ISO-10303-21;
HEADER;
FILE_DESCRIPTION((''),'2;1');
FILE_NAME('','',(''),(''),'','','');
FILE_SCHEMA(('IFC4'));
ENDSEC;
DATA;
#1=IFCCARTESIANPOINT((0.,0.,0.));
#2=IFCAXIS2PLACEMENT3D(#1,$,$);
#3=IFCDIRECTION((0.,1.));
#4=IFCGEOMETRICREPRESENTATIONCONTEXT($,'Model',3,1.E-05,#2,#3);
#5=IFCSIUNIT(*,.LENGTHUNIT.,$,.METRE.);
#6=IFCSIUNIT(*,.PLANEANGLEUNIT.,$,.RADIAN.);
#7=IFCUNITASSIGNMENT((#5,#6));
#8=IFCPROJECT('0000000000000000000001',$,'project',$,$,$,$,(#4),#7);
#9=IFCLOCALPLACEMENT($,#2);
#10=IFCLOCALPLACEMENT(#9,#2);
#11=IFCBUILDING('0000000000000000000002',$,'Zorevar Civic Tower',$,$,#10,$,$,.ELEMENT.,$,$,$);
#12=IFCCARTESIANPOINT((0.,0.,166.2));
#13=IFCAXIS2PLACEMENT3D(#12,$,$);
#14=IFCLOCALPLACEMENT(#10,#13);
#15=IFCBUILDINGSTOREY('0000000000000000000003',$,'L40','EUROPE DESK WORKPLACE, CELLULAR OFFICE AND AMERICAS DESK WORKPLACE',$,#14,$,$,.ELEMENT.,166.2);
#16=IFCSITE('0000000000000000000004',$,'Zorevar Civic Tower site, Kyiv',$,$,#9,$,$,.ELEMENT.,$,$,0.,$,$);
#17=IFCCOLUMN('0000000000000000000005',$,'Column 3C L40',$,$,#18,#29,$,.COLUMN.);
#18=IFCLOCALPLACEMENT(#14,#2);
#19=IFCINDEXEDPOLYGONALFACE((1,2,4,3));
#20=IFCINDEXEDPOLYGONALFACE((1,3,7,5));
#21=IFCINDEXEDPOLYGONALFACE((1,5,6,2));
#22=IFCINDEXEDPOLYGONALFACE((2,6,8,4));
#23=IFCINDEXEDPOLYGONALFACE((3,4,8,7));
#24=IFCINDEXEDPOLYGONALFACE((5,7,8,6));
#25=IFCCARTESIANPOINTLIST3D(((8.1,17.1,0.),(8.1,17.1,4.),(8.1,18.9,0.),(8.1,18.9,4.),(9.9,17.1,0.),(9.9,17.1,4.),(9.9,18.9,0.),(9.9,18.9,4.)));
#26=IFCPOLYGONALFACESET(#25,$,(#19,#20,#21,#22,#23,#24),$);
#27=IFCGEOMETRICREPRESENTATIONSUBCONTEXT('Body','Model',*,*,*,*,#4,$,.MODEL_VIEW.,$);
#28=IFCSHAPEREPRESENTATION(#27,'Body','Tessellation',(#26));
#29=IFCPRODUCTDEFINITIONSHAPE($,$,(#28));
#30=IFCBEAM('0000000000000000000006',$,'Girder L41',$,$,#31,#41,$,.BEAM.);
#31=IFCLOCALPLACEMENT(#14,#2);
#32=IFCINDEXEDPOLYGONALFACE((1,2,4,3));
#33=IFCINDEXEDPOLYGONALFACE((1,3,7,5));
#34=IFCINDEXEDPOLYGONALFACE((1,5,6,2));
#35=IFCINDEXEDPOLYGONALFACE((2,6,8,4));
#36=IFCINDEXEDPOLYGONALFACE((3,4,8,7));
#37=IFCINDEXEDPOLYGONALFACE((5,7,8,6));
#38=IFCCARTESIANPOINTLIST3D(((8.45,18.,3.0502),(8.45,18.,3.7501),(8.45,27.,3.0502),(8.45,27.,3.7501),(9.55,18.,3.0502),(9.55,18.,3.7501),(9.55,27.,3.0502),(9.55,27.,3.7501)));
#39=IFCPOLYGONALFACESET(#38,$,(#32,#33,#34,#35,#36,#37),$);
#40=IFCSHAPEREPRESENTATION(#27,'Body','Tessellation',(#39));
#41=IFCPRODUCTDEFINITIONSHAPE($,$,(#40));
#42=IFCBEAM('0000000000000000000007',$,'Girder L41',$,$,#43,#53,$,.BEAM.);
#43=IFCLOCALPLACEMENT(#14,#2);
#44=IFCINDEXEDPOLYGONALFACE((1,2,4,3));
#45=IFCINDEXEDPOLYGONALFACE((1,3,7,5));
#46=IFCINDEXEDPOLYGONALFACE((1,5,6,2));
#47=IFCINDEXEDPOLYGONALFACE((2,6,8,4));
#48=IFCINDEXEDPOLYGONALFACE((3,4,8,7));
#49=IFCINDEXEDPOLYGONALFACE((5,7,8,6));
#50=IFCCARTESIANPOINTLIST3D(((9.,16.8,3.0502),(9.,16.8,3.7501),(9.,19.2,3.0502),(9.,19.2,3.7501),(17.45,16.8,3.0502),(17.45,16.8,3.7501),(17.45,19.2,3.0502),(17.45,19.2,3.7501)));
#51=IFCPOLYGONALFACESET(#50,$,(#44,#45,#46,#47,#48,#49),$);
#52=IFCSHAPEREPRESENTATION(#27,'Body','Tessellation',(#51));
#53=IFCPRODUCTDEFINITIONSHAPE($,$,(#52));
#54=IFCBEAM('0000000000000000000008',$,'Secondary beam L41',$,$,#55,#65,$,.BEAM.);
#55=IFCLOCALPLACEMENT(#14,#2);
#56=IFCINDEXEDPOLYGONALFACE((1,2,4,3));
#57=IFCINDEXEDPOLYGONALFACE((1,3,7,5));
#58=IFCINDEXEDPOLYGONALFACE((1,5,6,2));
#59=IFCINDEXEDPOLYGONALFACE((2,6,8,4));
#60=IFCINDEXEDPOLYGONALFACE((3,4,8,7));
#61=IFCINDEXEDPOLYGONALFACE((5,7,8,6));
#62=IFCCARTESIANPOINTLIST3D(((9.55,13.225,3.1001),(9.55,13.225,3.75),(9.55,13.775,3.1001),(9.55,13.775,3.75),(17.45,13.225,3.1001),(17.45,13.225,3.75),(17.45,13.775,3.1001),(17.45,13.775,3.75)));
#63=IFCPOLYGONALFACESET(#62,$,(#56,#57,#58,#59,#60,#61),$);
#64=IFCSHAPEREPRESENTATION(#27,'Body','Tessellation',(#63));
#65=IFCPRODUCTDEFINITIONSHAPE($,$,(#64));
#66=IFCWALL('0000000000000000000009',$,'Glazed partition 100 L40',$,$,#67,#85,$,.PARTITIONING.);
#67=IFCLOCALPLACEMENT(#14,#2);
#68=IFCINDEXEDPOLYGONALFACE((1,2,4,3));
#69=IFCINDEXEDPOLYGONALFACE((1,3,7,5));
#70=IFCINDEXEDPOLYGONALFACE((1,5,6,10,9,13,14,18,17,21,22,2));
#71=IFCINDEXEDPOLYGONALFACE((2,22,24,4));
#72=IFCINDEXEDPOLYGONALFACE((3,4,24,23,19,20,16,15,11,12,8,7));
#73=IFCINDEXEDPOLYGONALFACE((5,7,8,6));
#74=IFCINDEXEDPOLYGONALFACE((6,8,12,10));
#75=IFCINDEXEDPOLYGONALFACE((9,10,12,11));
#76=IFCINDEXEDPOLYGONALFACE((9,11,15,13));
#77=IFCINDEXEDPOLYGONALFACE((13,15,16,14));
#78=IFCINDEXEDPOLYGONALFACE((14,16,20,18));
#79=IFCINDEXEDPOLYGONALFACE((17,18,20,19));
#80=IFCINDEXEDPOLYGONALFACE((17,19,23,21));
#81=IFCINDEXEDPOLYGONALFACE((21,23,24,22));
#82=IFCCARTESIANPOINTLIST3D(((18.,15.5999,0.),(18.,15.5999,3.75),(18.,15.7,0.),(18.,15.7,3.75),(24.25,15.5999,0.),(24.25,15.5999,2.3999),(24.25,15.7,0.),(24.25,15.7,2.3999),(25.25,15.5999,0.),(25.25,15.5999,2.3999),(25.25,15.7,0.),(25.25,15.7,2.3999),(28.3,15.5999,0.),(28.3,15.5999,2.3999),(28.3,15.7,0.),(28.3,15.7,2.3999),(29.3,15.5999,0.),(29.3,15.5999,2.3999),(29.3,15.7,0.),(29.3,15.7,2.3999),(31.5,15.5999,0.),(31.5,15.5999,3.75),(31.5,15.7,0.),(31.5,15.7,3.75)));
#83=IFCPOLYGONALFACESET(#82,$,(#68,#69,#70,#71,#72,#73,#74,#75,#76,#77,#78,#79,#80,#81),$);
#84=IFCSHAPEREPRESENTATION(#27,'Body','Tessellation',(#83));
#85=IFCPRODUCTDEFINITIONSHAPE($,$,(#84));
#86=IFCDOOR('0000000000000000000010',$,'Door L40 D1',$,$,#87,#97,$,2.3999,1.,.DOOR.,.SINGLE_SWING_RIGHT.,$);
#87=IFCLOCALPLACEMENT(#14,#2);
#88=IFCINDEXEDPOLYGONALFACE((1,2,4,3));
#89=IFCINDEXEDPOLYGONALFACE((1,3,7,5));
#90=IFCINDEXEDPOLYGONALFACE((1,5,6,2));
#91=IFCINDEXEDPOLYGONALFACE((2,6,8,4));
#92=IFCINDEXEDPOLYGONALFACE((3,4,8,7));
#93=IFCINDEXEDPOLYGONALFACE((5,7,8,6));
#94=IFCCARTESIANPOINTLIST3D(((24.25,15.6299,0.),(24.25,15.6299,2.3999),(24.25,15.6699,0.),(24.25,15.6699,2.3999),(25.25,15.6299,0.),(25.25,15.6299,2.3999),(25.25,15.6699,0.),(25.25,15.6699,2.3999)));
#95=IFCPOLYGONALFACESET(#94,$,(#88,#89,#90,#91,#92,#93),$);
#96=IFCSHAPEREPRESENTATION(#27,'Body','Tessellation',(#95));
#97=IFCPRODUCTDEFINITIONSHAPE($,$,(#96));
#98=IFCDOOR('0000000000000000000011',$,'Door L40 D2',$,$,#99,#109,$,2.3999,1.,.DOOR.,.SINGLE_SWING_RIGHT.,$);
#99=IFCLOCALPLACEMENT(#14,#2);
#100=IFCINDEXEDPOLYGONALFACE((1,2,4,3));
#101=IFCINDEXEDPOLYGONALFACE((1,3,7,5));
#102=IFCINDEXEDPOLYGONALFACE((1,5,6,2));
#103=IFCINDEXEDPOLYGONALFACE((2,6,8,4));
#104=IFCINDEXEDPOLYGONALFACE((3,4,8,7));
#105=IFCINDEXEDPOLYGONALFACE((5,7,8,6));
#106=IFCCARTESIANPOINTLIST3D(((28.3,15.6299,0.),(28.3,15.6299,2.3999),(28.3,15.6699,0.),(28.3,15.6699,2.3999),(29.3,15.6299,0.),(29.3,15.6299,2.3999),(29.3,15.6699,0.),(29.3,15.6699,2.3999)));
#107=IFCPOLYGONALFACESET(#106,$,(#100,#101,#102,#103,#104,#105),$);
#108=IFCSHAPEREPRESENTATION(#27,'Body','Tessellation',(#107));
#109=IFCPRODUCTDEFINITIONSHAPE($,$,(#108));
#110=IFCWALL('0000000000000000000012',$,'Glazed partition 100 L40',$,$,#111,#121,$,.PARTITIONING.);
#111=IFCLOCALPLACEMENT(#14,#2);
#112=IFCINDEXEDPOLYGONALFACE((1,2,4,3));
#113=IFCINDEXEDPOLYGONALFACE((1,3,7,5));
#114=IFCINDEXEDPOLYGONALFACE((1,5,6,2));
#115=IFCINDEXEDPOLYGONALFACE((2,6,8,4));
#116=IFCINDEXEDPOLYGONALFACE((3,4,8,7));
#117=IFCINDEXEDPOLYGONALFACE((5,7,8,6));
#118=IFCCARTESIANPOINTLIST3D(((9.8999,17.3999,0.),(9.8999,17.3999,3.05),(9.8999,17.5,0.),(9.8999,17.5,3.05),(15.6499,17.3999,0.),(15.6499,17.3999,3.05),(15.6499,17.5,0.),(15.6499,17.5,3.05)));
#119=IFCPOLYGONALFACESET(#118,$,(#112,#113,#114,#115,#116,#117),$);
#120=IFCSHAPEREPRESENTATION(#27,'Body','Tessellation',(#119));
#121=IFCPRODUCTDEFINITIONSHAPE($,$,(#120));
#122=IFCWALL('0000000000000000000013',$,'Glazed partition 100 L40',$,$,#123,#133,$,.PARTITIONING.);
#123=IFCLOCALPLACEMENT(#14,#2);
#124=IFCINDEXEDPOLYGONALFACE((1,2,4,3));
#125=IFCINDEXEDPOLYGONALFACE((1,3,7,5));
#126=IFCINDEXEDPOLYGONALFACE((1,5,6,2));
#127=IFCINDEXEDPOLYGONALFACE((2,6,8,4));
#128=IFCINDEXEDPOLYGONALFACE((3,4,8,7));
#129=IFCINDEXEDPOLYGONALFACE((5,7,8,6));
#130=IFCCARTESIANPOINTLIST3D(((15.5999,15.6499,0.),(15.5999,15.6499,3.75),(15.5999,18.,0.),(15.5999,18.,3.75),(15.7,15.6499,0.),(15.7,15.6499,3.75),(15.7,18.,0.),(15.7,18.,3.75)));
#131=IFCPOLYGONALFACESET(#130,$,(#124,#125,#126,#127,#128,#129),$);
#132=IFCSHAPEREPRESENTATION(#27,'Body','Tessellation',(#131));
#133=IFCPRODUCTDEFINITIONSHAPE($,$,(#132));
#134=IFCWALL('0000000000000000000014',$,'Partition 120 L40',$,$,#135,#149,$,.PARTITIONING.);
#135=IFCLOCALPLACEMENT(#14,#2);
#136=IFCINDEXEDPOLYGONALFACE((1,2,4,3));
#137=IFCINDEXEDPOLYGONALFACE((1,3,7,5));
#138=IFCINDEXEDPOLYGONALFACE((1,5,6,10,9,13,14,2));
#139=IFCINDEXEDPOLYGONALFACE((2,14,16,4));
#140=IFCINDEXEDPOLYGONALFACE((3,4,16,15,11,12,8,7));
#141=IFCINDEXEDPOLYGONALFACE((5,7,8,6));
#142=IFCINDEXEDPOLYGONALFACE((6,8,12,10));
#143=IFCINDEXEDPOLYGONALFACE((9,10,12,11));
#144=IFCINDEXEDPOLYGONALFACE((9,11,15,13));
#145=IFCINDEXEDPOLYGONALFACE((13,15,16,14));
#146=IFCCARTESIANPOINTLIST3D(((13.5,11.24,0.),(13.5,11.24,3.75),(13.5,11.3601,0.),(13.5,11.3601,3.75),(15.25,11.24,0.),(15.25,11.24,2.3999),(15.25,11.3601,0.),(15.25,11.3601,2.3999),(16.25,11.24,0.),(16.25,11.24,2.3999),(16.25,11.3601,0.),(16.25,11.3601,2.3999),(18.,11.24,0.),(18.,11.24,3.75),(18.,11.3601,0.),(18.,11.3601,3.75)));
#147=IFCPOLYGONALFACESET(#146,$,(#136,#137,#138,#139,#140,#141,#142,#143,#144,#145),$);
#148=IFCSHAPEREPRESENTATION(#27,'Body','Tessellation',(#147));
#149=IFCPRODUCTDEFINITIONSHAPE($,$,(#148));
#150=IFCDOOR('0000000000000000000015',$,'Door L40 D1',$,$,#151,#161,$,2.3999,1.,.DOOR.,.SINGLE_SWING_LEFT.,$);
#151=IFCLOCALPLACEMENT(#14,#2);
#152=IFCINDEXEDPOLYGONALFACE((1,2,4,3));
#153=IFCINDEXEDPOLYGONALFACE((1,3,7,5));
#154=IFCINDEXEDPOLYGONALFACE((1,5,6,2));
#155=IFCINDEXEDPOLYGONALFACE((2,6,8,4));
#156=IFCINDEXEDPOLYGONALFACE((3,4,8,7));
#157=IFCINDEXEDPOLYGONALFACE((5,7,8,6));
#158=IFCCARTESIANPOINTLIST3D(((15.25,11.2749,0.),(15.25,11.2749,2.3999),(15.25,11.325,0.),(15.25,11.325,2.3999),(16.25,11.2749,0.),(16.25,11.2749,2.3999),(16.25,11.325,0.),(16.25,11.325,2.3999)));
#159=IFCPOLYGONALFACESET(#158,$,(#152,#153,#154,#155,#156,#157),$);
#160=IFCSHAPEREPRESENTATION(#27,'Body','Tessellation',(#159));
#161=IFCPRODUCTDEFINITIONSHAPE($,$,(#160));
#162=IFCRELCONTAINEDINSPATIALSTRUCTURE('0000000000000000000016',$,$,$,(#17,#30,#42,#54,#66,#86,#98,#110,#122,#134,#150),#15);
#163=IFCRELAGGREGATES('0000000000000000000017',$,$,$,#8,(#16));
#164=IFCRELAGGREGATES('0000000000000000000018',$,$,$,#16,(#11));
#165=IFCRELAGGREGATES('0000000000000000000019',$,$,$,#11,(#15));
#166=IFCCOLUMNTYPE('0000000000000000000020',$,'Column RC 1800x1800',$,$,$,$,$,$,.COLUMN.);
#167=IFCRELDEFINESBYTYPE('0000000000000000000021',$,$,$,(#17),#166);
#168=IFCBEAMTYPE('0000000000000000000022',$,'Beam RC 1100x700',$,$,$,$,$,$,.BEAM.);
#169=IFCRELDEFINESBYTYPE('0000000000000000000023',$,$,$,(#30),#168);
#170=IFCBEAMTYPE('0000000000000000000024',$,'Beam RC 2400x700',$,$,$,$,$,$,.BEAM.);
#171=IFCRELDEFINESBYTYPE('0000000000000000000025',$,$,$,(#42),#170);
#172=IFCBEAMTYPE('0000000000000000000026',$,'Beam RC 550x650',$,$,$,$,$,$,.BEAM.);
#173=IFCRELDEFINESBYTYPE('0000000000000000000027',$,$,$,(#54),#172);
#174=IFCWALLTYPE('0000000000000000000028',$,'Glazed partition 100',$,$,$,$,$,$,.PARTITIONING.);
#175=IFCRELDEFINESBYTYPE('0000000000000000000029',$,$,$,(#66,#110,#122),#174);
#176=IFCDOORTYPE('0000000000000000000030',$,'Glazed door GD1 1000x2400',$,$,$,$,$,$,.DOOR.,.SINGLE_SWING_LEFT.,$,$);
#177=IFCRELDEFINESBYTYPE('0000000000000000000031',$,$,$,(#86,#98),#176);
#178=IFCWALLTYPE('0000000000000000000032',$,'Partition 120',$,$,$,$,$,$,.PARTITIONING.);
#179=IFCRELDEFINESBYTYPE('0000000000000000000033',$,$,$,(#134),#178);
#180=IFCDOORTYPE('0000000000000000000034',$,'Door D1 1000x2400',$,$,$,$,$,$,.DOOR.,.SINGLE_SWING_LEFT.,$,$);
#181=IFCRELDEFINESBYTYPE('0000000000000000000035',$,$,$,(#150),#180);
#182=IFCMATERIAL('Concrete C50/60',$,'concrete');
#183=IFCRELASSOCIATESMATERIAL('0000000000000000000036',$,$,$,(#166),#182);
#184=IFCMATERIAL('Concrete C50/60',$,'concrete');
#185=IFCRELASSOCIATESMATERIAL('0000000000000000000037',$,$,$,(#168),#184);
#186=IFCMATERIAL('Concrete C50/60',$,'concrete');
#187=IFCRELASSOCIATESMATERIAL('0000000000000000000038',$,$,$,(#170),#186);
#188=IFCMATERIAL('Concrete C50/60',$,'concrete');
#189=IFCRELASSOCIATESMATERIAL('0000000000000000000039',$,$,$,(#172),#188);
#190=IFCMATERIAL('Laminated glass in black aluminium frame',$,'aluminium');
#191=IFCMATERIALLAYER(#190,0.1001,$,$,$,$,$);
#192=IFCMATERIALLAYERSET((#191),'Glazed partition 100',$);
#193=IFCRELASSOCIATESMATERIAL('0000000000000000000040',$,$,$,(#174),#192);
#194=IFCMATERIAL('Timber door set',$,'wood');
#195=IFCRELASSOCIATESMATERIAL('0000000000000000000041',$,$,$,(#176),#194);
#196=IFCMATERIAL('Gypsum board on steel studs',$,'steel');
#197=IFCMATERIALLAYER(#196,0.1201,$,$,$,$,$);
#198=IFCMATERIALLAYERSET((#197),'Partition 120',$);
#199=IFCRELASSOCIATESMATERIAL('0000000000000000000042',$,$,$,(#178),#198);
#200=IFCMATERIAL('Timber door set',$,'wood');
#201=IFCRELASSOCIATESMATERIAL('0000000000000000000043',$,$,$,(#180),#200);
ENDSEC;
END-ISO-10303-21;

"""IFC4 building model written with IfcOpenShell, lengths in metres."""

from ifc_helpers import new_model, si_unit, direction, frame, frame_2d, origin, origin_2d, place, context, subcontext, project, spatial, rectangle, extrude, material, layer, layer_set, material_profile, profile_set, type_object, element, fill, save


model = new_model("IFC4")

# Units and contexts
model_context = context("Model", 3, precision=1e-05, world=origin(), true_north=direction((0.0, 1.0)))
body_context = subcontext(model_context, "Body", "Model", "MODEL_VIEW")
ifc_project = project(units=[si_unit("LENGTHUNIT", "METRE"), si_unit("PLANEANGLEUNIT", "RADIAN")], contexts=[model_context])

# Site, building, storey
site_placement = place(None, origin())
site = spatial("IfcSite", under=ifc_project, at=site_placement, Name="Zorevar Civic Tower site, Kyiv", CompositionType="ELEMENT", RefElevation=0.0)
building_placement = place(site_placement, origin())
building = spatial("IfcBuilding", under=site, at=building_placement, Name="Zorevar Civic Tower", CompositionType="ELEMENT")
storey_placement = place(building_placement, frame((0.0, 0.0, 166.2)))
storey = spatial("IfcBuildingStorey", under=building, at=storey_placement, Name="L40", Description="EUROPE DESK WORKPLACE, CELLULAR OFFICE AND AMERICAS DESK WORKPLACE", CompositionType="ELEMENT", Elevation=166.2)

# Column
ifc_material_1 = material(Name="Concrete C50/60", Category="concrete")
ifc_material_profile_1 = material_profile(ifc_material_1, rectangle(XDim=1.8, YDim=1.8, at=origin_2d()), Name="RC 1800x1800")
ifc_profile_set_1 = profile_set([ifc_material_profile_1], Name="Concrete C50/60")
column_type = type_object("IfcColumnType", Name="Column RC 1800x1800", PredefinedType="COLUMN", material=ifc_profile_set_1)
column_placement = place(storey_placement, frame((9.0, 18.0, 0.0), z_axis=(0.0, 0.0, 1.0), x_axis=(1.0, 0.0, 0.0)))
element("IfcColumn", 1, at=column_placement, inside=storey, type_object=column_type, Name="Column 3C L40", PredefinedType="COLUMN", context=body_context, shape_type="SweptSolid", body=[
    extrude(rectangle(XDim=1.8, YDim=1.8, at=origin_2d()), origin(), (0.0, 0.0, 1.0), 4.0),
])

# Beams
ifc_material_2 = material(Name="Concrete C50/60", Category="concrete")
ifc_material_profile_2 = material_profile(ifc_material_2, rectangle(XDim=1.1001, YDim=0.7, at=origin_2d()), Name="RC 1100x700")
ifc_profile_set_2 = profile_set([ifc_material_profile_2], Name="Concrete C50/60")
beam_type_1 = type_object("IfcBeamType", Name="Beam RC 1100x700", PredefinedType="BEAM", material=ifc_profile_set_2)
beam_1_placement = place(storey_placement, frame((9.0, 18.0, 3.4001), z_axis=(0.0, 1.0, 0.0), x_axis=(-1.0, 0.0, 0.0)))
element("IfcBeam", 2, at=beam_1_placement, inside=storey, type_object=beam_type_1, Name="Girder L41", PredefinedType="BEAM", context=body_context, shape_type="SweptSolid", body=[
    extrude(rectangle(XDim=1.1001, YDim=0.7, at=origin_2d()), origin(), (0.0, 0.0, 1.0), 9.0),
])
ifc_material_3 = material(Name="Concrete C50/60", Category="concrete")
ifc_material_profile_3 = material_profile(ifc_material_3, rectangle(XDim=2.3999, YDim=0.7, at=origin_2d()), Name="RC 2400x700")
ifc_profile_set_3 = profile_set([ifc_material_profile_3], Name="Concrete C50/60")
beam_type_2 = type_object("IfcBeamType", Name="Beam RC 2400x700", PredefinedType="BEAM", material=ifc_profile_set_3)
beam_2_placement = place(storey_placement, frame((9.0, 18.0, 3.4001), z_axis=(1.0, 0.0, 0.0), x_axis=(0.0, 1.0, 0.0)))
element("IfcBeam", 3, at=beam_2_placement, inside=storey, type_object=beam_type_2, Name="Girder L41", PredefinedType="BEAM", context=body_context, shape_type="SweptSolid", body=[
    extrude(rectangle(XDim=2.3999, YDim=0.7, at=origin_2d()), origin(), (0.0, 0.0, 1.0), 8.45),
])
ifc_material_4 = material(Name="Concrete C50/60", Category="concrete")
ifc_material_profile_4 = material_profile(ifc_material_4, rectangle(XDim=0.55, YDim=0.6499, at=origin_2d()), Name="RC 550x650")
ifc_profile_set_4 = profile_set([ifc_material_profile_4], Name="Concrete C50/60")
beam_type_3 = type_object("IfcBeamType", Name="Beam RC 550x650", PredefinedType="BEAM", material=ifc_profile_set_4)
beam_3_placement = place(storey_placement, frame((9.55, 13.5, 3.425), z_axis=(1.0, 0.0, 0.0), x_axis=(0.0, 1.0, 0.0)))
element("IfcBeam", 4, at=beam_3_placement, inside=storey, type_object=beam_type_3, Name="Secondary beam L41", PredefinedType="BEAM", context=body_context, shape_type="SweptSolid", body=[
    extrude(rectangle(XDim=0.55, YDim=0.6499, at=origin_2d()), origin(), (0.0, 0.0, 1.0), 7.8999),
])

# Wall, openings, doors
ifc_material_5 = material(Name="Laminated glass in black aluminium frame", Category="aluminium")
ifc_layer_1 = layer(ifc_material_5, 0.1001)
ifc_layer_set_1 = layer_set([ifc_layer_1], Name="Glazed partition 100")
wall_type_1 = type_object("IfcWallType", Name="Glazed partition 100", PredefinedType="PARTITIONING", material=ifc_layer_set_1)
wall_1_placement = place(storey_placement, frame((18.0, 15.6499, 0.0), z_axis=(0.0, 0.0, 1.0), x_axis=(1.0, 0.0, 0.0)))
wall_1 = element("IfcWall", 5, at=wall_1_placement, inside=storey, type_object=wall_type_1, Name="Glazed partition 100 L40", PredefinedType="PARTITIONING", context=body_context, shape_type="SweptSolid", body=[
    extrude(rectangle(XDim=13.5, YDim=0.1001, at=frame_2d((6.75, 0.0))), origin(), (0.0, 0.0, 1.0), 3.75),
])
opening_1_placement = place(wall_1_placement, frame((6.25, 0.0, 0.0)))
opening_1 = element("IfcOpeningElement", 6, at=opening_1_placement, cuts=wall_1, PredefinedType="OPENING", context=body_context, shape_type="SweptSolid", body=[
    extrude(rectangle(XDim=1.0, YDim=2.3999, at=frame_2d((0.5, 1.2))), frame((0.0, 0.0601, 0.0), z_axis=(0.0, -1.0, 0.0), x_axis=(1.0, 0.0, 0.0)), (0.0, 0.0, 1.0), 0.1201),
])
opening_2_placement = place(wall_1_placement, frame((10.3, 0.0, 0.0)))
opening_2 = element("IfcOpeningElement", 7, at=opening_2_placement, cuts=wall_1, PredefinedType="OPENING", context=body_context, shape_type="SweptSolid", body=[
    extrude(rectangle(XDim=1.0, YDim=2.3999, at=frame_2d((0.5, 1.2))), frame((0.0, 0.0601, 0.0), z_axis=(0.0, -1.0, 0.0), x_axis=(1.0, 0.0, 0.0)), (0.0, 0.0, 1.0), 0.1201),
])
ifc_material_6 = material(Name="Timber door set", Category="wood")
door_type_1 = type_object("IfcDoorType", Name="Glazed door GD1 1000x2400", OperationType="SINGLE_SWING_LEFT", PredefinedType="DOOR", material=ifc_material_6)
door_1_placement = place(opening_1_placement, origin())
door_1 = element("IfcDoor", 8, at=door_1_placement, inside=storey, type_object=door_type_1, Name="Door L40 D1", OperationType="SINGLE_SWING_RIGHT", OverallHeight=2.3999, OverallWidth=1.0, PredefinedType="DOOR", context=body_context, shape_type="SweptSolid", body=[
    extrude(rectangle(XDim=1.0, YDim=2.3999, at=frame_2d((0.5, 1.2))), frame((0.0, 0.02, 0.0), z_axis=(0.0, -1.0, 0.0), x_axis=(1.0, 0.0, 0.0)), (0.0, 0.0, 1.0), 0.04),
])
fill(opening_1, door_1)
door_2_placement = place(opening_2_placement, origin())
door_2 = element("IfcDoor", 9, at=door_2_placement, inside=storey, type_object=door_type_1, Name="Door L40 D2", OperationType="SINGLE_SWING_RIGHT", OverallHeight=2.3999, OverallWidth=1.0, PredefinedType="DOOR", context=body_context, shape_type="SweptSolid", body=[
    extrude(rectangle(XDim=1.0, YDim=2.3999, at=frame_2d((0.5, 1.2))), frame((0.0, 0.02, 0.0), z_axis=(0.0, -1.0, 0.0), x_axis=(1.0, 0.0, 0.0)), (0.0, 0.0, 1.0), 0.04),
])
fill(opening_2, door_2)

# Walls
wall_2_placement = place(storey_placement, frame((9.8999, 17.45, 0.0), z_axis=(0.0, 0.0, 1.0), x_axis=(1.0, 0.0, 0.0)))
element("IfcWall", 10, at=wall_2_placement, inside=storey, type_object=wall_type_1, Name="Glazed partition 100 L40", PredefinedType="PARTITIONING", context=body_context, shape_type="SweptSolid", body=[
    extrude(rectangle(XDim=5.75, YDim=0.1001, at=frame_2d((2.875, 0.0))), origin(), (0.0, 0.0, 1.0), 3.05),
])
wall_3_placement = place(storey_placement, frame((15.6499, 15.6499, 0.0), z_axis=(0.0, 0.0, 1.0), x_axis=(0.0, 1.0, 0.0)))
element("IfcWall", 11, at=wall_3_placement, inside=storey, type_object=wall_type_1, Name="Glazed partition 100 L40", PredefinedType="PARTITIONING", context=body_context, shape_type="SweptSolid", body=[
    extrude(rectangle(XDim=2.3501, YDim=0.1001, at=frame_2d((1.175, 0.0))), origin(), (0.0, 0.0, 1.0), 3.75),
])

# Wall, opening, door
ifc_material_7 = material(Name="Gypsum board on steel studs", Category="steel")
ifc_layer_2 = layer(ifc_material_7, 0.1201)
ifc_layer_set_2 = layer_set([ifc_layer_2], Name="Partition 120")
wall_type_2 = type_object("IfcWallType", Name="Partition 120", PredefinedType="PARTITIONING", material=ifc_layer_set_2)
wall_4_placement = place(storey_placement, frame((13.5, 11.3, 0.0), z_axis=(0.0, 0.0, 1.0), x_axis=(1.0, 0.0, 0.0)))
wall_4 = element("IfcWall", 12, at=wall_4_placement, inside=storey, type_object=wall_type_2, Name="Partition 120 L40", PredefinedType="PARTITIONING", context=body_context, shape_type="SweptSolid", body=[
    extrude(rectangle(XDim=4.5, YDim=0.1201, at=frame_2d((2.25, 0.0))), origin(), (0.0, 0.0, 1.0), 3.75),
])
opening_3_placement = place(wall_4_placement, frame((1.75, 0.0, 0.0)))
opening_3 = element("IfcOpeningElement", 13, at=opening_3_placement, cuts=wall_4, PredefinedType="OPENING", context=body_context, shape_type="SweptSolid", body=[
    extrude(rectangle(XDim=1.0, YDim=2.3999, at=frame_2d((0.5, 1.2))), frame((0.0, 0.0701, 0.0), z_axis=(0.0, -1.0, 0.0), x_axis=(1.0, 0.0, 0.0)), (0.0, 0.0, 1.0), 0.1401),
])
ifc_material_8 = material(Name="Timber door set", Category="wood")
door_type_2 = type_object("IfcDoorType", Name="Door D1 1000x2400", OperationType="SINGLE_SWING_LEFT", PredefinedType="DOOR", material=ifc_material_8)
door_3_placement = place(opening_3_placement, origin())
door_3 = element("IfcDoor", 14, at=door_3_placement, inside=storey, type_object=door_type_2, Name="Door L40 D1", OperationType="SINGLE_SWING_LEFT", OverallHeight=2.3999, OverallWidth=1.0, PredefinedType="DOOR", context=body_context, shape_type="SweptSolid", body=[
    extrude(rectangle(XDim=1.0, YDim=2.3999, at=frame_2d((0.5, 1.2))), frame((0.0, 0.0249, 0.0), z_axis=(0.0, -1.0, 0.0), x_axis=(1.0, 0.0, 0.0)), (0.0, 0.0, 1.0), 0.05),
])
fill(opening_3, door_3)

save(model, "model.ifc")
